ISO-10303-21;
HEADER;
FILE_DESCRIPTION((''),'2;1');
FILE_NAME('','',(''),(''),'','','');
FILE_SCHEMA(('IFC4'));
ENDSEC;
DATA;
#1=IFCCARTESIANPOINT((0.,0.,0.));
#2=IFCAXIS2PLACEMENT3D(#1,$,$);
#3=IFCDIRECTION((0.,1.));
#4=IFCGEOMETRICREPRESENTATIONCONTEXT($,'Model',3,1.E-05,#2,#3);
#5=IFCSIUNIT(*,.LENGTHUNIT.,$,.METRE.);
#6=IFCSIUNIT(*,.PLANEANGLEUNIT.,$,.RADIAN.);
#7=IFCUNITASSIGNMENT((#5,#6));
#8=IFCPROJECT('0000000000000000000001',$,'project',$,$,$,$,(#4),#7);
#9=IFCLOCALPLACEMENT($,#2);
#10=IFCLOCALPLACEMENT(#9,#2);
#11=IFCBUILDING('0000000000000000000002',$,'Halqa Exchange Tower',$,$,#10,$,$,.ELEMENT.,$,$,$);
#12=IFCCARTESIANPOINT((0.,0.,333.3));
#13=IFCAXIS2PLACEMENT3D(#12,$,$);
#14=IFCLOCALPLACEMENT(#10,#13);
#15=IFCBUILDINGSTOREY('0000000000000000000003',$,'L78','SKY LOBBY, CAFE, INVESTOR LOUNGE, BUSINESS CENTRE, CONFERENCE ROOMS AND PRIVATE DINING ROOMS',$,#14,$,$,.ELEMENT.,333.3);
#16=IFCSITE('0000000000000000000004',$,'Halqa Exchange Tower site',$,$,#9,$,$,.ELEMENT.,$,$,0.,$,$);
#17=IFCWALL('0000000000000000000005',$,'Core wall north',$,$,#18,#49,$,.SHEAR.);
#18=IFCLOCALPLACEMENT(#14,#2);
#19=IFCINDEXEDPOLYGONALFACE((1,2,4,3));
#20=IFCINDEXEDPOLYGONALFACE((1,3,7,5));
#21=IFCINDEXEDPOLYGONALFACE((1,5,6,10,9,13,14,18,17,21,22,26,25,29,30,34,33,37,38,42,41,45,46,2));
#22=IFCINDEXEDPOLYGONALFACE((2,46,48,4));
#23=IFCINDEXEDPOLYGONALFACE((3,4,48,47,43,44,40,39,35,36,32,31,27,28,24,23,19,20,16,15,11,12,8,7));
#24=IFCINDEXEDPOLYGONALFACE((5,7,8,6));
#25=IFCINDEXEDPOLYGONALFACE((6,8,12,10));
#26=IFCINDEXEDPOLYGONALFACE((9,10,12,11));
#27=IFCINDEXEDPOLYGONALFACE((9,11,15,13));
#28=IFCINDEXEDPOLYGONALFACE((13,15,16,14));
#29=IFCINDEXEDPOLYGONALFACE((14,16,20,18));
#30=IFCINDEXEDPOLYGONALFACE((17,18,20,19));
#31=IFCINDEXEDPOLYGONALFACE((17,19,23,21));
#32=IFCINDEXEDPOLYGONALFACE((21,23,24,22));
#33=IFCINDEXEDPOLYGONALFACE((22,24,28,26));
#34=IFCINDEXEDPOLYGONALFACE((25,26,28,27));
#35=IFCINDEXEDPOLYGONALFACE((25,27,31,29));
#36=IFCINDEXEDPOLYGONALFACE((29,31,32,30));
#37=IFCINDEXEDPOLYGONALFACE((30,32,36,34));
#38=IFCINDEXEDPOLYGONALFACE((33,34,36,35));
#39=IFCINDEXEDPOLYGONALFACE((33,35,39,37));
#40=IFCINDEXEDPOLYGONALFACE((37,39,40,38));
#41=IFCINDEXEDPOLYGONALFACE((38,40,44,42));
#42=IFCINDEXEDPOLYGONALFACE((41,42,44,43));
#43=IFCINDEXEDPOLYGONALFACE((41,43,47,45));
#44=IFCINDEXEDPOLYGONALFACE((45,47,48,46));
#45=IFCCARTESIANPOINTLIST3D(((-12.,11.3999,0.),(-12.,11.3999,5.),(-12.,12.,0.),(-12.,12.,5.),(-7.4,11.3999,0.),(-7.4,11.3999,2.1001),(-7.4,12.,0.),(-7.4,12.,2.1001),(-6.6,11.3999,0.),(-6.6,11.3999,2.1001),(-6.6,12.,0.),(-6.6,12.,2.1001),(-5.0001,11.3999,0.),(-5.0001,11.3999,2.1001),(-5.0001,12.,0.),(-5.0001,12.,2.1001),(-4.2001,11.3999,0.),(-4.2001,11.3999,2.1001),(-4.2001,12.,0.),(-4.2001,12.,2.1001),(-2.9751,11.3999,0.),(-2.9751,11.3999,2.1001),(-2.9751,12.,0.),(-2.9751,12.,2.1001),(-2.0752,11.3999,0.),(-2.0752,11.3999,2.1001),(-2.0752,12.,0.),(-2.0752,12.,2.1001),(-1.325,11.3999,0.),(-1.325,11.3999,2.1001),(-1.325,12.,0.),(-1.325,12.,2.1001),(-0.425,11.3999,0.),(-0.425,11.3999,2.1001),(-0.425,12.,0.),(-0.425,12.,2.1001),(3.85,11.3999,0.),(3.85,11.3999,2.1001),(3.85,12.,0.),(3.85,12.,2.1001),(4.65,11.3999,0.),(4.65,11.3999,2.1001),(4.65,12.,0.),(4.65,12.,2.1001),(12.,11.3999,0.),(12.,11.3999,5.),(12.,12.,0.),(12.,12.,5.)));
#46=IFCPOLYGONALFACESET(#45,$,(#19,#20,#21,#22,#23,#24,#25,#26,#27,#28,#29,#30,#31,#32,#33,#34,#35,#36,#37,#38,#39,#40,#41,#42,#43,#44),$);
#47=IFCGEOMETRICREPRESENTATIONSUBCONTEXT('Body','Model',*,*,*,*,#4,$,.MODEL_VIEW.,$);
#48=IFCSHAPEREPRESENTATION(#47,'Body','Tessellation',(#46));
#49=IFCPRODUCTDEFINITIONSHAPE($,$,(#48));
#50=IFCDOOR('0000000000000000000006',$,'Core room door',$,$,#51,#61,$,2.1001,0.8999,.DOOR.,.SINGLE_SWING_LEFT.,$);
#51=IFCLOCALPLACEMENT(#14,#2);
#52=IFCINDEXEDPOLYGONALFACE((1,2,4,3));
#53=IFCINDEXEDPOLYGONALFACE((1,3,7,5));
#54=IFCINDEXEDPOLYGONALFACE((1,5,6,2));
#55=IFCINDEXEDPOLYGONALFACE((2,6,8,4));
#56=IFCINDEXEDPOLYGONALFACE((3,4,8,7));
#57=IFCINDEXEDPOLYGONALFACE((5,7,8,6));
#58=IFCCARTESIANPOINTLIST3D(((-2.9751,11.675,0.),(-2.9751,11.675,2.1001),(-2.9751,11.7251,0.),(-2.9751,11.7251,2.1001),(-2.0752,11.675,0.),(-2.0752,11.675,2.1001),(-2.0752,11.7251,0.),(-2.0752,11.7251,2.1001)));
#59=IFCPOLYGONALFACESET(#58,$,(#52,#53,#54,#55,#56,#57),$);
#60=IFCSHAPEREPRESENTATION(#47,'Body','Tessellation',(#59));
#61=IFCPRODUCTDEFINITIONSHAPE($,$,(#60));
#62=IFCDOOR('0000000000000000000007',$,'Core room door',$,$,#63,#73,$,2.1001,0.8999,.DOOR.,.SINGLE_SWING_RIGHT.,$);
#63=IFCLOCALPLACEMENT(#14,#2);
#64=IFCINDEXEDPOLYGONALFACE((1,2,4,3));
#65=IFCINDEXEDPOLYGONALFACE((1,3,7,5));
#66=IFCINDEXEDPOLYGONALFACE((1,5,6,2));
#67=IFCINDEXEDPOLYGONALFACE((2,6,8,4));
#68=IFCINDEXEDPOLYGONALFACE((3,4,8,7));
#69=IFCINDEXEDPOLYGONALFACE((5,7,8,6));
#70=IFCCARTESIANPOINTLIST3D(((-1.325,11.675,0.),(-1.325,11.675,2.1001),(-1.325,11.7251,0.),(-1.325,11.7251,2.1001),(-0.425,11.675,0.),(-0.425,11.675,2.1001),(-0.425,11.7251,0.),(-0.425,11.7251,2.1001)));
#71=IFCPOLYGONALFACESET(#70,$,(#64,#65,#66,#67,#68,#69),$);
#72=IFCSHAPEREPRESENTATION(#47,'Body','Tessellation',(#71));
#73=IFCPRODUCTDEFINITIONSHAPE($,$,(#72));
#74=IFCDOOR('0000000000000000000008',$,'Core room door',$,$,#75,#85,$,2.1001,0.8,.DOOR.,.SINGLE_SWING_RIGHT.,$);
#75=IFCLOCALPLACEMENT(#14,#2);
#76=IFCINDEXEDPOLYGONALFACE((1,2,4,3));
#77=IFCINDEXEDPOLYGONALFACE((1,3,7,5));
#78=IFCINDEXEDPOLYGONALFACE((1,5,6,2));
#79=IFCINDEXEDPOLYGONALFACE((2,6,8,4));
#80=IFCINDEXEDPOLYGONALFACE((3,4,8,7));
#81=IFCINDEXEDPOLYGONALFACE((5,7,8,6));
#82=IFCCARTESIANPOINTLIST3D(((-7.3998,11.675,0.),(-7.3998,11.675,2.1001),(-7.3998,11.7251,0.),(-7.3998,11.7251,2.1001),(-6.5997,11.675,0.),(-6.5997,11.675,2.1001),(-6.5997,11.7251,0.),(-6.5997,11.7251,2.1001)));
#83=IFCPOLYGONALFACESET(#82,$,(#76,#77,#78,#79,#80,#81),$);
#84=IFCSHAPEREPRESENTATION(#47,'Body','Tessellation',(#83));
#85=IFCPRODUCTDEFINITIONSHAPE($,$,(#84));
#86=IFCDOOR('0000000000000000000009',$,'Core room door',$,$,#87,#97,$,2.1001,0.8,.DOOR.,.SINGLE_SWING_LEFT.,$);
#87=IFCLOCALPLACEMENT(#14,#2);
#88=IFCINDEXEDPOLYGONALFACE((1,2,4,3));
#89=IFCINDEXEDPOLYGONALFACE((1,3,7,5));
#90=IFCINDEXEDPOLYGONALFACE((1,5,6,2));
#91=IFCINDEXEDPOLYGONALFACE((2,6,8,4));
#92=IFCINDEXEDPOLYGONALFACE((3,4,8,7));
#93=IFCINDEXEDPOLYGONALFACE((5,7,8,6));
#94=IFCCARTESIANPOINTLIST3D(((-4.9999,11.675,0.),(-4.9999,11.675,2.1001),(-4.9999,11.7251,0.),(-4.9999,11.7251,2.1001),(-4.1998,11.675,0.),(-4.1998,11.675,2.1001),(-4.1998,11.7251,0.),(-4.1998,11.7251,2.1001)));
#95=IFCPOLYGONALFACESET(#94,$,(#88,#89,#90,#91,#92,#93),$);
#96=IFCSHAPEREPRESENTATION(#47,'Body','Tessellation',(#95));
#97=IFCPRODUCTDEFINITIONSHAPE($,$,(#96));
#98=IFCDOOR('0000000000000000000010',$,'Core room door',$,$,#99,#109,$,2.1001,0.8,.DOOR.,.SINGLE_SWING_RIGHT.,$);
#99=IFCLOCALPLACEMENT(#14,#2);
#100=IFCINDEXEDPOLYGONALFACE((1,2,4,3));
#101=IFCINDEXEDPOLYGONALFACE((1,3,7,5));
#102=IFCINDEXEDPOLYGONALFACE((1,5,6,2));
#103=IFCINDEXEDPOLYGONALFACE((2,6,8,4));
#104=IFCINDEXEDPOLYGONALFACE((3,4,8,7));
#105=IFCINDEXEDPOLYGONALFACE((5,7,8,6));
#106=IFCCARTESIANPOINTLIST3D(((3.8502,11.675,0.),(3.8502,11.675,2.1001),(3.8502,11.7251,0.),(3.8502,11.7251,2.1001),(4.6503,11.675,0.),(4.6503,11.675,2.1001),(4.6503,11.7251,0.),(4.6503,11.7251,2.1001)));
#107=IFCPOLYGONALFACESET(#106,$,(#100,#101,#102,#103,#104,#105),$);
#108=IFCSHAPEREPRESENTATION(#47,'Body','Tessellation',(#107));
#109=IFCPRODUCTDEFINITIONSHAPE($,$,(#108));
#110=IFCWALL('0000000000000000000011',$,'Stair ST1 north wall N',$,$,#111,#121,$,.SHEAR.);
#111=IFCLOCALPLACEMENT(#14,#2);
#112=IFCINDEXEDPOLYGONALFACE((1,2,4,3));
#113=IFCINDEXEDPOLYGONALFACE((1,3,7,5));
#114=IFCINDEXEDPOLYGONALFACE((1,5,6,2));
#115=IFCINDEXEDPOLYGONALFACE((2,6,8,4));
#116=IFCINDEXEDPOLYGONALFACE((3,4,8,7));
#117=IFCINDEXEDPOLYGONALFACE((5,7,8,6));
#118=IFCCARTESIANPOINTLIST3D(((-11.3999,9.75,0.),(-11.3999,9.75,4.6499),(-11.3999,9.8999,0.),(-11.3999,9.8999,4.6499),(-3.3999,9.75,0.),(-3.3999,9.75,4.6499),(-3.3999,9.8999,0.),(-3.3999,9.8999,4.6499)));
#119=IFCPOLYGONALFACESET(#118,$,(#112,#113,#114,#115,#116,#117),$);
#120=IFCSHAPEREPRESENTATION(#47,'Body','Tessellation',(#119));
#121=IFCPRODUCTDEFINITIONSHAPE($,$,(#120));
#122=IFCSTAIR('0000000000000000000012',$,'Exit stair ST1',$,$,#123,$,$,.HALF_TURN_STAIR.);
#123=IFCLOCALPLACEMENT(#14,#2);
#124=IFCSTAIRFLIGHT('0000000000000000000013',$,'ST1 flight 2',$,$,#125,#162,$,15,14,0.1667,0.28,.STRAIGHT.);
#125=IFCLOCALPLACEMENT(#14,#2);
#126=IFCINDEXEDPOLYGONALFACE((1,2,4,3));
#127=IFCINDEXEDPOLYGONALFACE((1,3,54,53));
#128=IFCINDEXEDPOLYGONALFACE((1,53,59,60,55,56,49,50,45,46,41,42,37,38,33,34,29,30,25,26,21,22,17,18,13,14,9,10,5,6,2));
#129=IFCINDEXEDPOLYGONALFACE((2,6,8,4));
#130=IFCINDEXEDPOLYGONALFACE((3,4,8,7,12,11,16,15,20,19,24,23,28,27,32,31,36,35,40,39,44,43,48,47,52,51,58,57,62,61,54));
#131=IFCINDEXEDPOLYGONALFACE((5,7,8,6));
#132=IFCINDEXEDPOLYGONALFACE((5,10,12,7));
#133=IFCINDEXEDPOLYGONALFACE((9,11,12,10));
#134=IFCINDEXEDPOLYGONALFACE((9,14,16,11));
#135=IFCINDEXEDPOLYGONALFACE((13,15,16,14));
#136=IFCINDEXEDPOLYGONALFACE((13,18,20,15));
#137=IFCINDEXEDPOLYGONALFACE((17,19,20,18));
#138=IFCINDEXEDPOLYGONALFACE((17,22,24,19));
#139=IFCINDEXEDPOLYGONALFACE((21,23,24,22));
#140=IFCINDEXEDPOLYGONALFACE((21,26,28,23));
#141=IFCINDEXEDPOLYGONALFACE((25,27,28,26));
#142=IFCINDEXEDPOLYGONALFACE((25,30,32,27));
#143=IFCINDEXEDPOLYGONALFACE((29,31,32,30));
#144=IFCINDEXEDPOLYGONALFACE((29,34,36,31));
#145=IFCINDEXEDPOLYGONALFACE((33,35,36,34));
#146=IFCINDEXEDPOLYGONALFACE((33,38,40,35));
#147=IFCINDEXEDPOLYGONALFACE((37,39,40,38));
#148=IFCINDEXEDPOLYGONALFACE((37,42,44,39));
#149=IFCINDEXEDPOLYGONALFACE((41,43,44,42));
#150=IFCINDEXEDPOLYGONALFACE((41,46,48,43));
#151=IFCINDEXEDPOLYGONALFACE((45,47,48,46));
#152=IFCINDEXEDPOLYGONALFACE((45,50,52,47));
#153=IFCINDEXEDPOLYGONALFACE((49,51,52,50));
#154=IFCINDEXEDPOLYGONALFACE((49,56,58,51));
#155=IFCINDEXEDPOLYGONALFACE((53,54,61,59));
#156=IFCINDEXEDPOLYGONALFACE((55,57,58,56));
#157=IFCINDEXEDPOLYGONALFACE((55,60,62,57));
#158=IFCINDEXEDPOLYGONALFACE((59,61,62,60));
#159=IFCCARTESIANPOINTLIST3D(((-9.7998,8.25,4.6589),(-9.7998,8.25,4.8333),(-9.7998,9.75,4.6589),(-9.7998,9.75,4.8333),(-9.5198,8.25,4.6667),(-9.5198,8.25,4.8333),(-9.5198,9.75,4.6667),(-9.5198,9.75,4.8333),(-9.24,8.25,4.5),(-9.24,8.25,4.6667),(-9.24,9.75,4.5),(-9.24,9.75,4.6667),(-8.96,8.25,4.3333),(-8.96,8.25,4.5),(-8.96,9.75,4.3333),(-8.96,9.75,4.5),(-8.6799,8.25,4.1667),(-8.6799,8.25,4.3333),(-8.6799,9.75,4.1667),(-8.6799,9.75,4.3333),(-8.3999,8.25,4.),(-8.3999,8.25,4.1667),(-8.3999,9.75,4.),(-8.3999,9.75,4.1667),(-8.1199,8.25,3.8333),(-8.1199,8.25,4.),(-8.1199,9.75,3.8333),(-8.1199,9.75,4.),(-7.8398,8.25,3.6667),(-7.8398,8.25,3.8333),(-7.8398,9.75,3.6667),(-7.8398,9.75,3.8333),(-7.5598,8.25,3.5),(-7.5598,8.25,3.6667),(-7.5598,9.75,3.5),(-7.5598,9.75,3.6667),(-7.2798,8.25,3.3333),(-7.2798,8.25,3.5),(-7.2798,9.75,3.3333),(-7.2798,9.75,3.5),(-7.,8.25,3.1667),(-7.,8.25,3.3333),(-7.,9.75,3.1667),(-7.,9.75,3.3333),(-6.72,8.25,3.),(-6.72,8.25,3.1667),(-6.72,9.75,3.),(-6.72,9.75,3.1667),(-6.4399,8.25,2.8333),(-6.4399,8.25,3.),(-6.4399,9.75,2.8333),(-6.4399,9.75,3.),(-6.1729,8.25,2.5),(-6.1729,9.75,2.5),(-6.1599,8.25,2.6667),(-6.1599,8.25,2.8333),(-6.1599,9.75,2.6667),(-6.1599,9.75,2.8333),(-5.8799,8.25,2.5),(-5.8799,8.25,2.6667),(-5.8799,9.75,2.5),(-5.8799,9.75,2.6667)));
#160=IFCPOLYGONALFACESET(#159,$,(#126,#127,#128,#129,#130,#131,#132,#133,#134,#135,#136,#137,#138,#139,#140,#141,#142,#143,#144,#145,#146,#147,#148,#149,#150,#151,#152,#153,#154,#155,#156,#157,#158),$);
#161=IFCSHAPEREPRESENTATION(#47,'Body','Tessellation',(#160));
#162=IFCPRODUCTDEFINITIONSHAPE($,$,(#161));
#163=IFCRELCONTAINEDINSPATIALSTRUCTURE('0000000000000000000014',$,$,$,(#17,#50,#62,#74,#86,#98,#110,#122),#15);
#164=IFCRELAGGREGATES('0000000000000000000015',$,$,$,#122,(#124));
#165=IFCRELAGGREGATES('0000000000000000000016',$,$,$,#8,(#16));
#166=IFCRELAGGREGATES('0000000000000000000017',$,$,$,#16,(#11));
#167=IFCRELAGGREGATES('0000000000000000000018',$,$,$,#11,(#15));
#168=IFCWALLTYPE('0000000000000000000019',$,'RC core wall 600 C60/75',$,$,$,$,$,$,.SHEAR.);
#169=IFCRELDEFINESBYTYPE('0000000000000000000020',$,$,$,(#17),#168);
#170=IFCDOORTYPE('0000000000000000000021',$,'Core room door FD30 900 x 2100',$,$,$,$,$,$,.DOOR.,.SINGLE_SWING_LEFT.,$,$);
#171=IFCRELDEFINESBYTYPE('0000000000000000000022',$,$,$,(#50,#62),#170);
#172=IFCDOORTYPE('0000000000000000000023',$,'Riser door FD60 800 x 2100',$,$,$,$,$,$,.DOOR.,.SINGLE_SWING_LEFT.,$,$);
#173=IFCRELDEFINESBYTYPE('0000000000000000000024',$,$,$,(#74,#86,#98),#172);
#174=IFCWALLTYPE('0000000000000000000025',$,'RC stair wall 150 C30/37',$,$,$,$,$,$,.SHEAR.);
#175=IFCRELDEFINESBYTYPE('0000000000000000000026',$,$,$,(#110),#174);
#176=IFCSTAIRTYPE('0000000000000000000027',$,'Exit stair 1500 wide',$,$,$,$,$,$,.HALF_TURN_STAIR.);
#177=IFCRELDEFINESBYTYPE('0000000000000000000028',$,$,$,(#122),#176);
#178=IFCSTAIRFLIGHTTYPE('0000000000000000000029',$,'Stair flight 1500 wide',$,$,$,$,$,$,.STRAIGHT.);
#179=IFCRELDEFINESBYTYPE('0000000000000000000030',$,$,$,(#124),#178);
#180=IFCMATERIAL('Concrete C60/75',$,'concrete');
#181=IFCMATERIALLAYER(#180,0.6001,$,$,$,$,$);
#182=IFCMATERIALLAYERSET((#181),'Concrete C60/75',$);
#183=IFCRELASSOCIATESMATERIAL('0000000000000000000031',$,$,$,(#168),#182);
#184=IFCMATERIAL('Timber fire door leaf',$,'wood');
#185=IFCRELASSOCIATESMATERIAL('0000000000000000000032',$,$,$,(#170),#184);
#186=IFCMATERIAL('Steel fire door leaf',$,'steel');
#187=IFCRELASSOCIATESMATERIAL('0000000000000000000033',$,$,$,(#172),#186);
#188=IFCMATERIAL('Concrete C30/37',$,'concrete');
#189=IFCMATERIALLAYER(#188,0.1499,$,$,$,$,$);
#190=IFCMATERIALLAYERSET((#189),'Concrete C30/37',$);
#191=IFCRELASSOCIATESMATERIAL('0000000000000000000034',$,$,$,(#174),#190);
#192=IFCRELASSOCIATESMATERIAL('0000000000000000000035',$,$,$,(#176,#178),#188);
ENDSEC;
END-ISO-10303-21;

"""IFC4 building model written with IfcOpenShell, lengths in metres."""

from ifc_helpers import new_model, si_unit, direction, frame, frame_2d, origin, place, context, subcontext, project, spatial, polyline, rectangle, outline, extrude, material, layer, layer_set, type_object, element, fill, aggregate, save


model = new_model("IFC4")

# Units and contexts
model_context = context("Model", 3, precision=1e-05, world=origin(), true_north=direction((0.0, 1.0)))
body_context = subcontext(model_context, "Body", "Model", "MODEL_VIEW")
ifc_project = project(units=[si_unit("LENGTHUNIT", "METRE"), si_unit("PLANEANGLEUNIT", "RADIAN")], contexts=[model_context])

# Site, building, storey
site_placement = place(None, origin())
site = spatial("IfcSite", under=ifc_project, at=site_placement, Name="Halqa Exchange Tower site", CompositionType="ELEMENT", RefElevation=0.0)
building_placement = place(site_placement, origin())
building = spatial("IfcBuilding", under=site, at=building_placement, Name="Halqa Exchange Tower", CompositionType="ELEMENT")
storey_placement = place(building_placement, frame((0.0, 0.0, 333.3)))
storey = spatial("IfcBuildingStorey", under=building, at=storey_placement, Name="L78", Description="SKY LOBBY, CAFE, INVESTOR LOUNGE, BUSINESS CENTRE, CONFERENCE ROOMS AND PRIVATE DINING ROOMS", CompositionType="ELEMENT", Elevation=333.3)

# Shared definitions
ifc_material_1 = material(Name="Steel fire door leaf", Category="steel")

# Wall, openings, doors
ifc_material_2 = material(Name="Concrete C60/75", Category="concrete")
ifc_layer_1 = layer(ifc_material_2, 0.6001)
ifc_layer_set_1 = layer_set([ifc_layer_1], Name="Concrete C60/75")
wall_type_1 = type_object("IfcWallType", Name="RC core wall 600 C60/75", PredefinedType="SHEAR", material=ifc_layer_set_1)
wall_1_placement = place(storey_placement, frame((-12.0, 11.7, 0.0), z_axis=(0.0, 0.0, 1.0), x_axis=(1.0, 0.0, 0.0)))
wall_1 = element("IfcWall", 1, at=wall_1_placement, inside=storey, type_object=wall_type_1, Name="Core wall north", PredefinedType="SHEAR", context=body_context, shape_type="SweptSolid", body=[
    extrude(rectangle(XDim=24.0, YDim=0.6001, at=frame_2d((12.0, 0.0))), origin(), (0.0, 0.0, 1.0), 5.0),
])
opening_1_placement = place(wall_1_placement, frame((9.0249, 0.0, 0.0)))
opening_1 = element("IfcOpeningElement", 2, at=opening_1_placement, cuts=wall_1, PredefinedType="OPENING", context=body_context, shape_type="SweptSolid", body=[
    extrude(rectangle(XDim=0.8999, YDim=2.1001, at=frame_2d((0.45, 1.05))), frame((0.0, 0.312, 0.0), z_axis=(0.0, -1.0, 0.0), x_axis=(1.0, 0.0, 0.0)), (0.0, 0.0, 1.0), 0.624),
])
opening_2_placement = place(wall_1_placement, frame((10.675, 0.0, 0.0)))
opening_2 = element("IfcOpeningElement", 3, at=opening_2_placement, cuts=wall_1, PredefinedType="OPENING", context=body_context, shape_type="SweptSolid", body=[
    extrude(rectangle(XDim=0.8999, YDim=2.1001, at=frame_2d((0.45, 1.05))), frame((0.0, 0.312, 0.0), z_axis=(0.0, -1.0, 0.0), x_axis=(1.0, 0.0, 0.0)), (0.0, 0.0, 1.0), 0.624),
])
opening_3_placement = place(wall_1_placement, frame((4.6001, 0.0, 0.0)))
opening_3 = element("IfcOpeningElement", 4, at=opening_3_placement, cuts=wall_1, PredefinedType="OPENING", context=body_context, shape_type="SweptSolid", body=[
    extrude(rectangle(XDim=0.8, YDim=2.1001, at=frame_2d((0.3999, 1.05))), frame((0.0, 0.312, 0.0), z_axis=(0.0, -1.0, 0.0), x_axis=(1.0, 0.0, 0.0)), (0.0, 0.0, 1.0), 0.624),
])
opening_4_placement = place(wall_1_placement, frame((7.0, 0.0, 0.0)))
opening_4 = element("IfcOpeningElement", 5, at=opening_4_placement, cuts=wall_1, PredefinedType="OPENING", context=body_context, shape_type="SweptSolid", body=[
    extrude(rectangle(XDim=0.8, YDim=2.1001, at=frame_2d((0.3999, 1.05))), frame((0.0, 0.312, 0.0), z_axis=(0.0, -1.0, 0.0), x_axis=(1.0, 0.0, 0.0)), (0.0, 0.0, 1.0), 0.624),
])
opening_5_placement = place(wall_1_placement, frame((15.8501, 0.0, 0.0)))
opening_5 = element("IfcOpeningElement", 6, at=opening_5_placement, cuts=wall_1, PredefinedType="OPENING", context=body_context, shape_type="SweptSolid", body=[
    extrude(rectangle(XDim=0.8, YDim=2.1001, at=frame_2d((0.3999, 1.05))), frame((0.0, 0.312, 0.0), z_axis=(0.0, -1.0, 0.0), x_axis=(1.0, 0.0, 0.0)), (0.0, 0.0, 1.0), 0.624),
])
ifc_material_3 = material(Name="Timber fire door leaf", Category="wood")
door_type_1 = type_object("IfcDoorType", Name="Core room door FD30 900 x 2100", OperationType="SINGLE_SWING_LEFT", PredefinedType="DOOR", material=ifc_material_3)
door_1_placement = place(opening_1_placement, frame((0.8999, 0.0, 0.0), z_axis=(0.0, 0.0, 1.0), x_axis=(-1.0, 0.0, 0.0)))
door_1 = element("IfcDoor", 7, at=door_1_placement, inside=storey, type_object=door_type_1, Name="Core room door", OperationType="SINGLE_SWING_LEFT", OverallHeight=2.1001, OverallWidth=0.8999, PredefinedType="DOOR", context=body_context, shape_type="SweptSolid", body=[
    extrude(rectangle(XDim=0.8999, YDim=2.1001, at=frame_2d((0.45, 1.05))), frame((0.0, 0.0249, 0.0), z_axis=(0.0, -1.0, 0.0), x_axis=(1.0, 0.0, 0.0)), (0.0, 0.0, 1.0), 0.05),
])
fill(opening_1, door_1)
door_2_placement = place(opening_2_placement, frame((0.8999, 0.0, 0.0), z_axis=(0.0, 0.0, 1.0), x_axis=(-1.0, 0.0, 0.0)))
door_2 = element("IfcDoor", 8, at=door_2_placement, inside=storey, type_object=door_type_1, Name="Core room door", OperationType="SINGLE_SWING_RIGHT", OverallHeight=2.1001, OverallWidth=0.8999, PredefinedType="DOOR", context=body_context, shape_type="SweptSolid", body=[
    extrude(rectangle(XDim=0.8999, YDim=2.1001, at=frame_2d((0.45, 1.05))), frame((0.0, 0.0249, 0.0), z_axis=(0.0, -1.0, 0.0), x_axis=(1.0, 0.0, 0.0)), (0.0, 0.0, 1.0), 0.05),
])
fill(opening_2, door_2)
door_type_2 = type_object("IfcDoorType", Name="Riser door FD60 800 x 2100", OperationType="SINGLE_SWING_LEFT", PredefinedType="DOOR", material=ifc_material_1)
door_3_placement = place(opening_3_placement, frame((0.8, 0.0, 0.0), z_axis=(0.0, 0.0, 1.0), x_axis=(-1.0, 0.0, 0.0)))
door_3 = element("IfcDoor", 9, at=door_3_placement, inside=storey, type_object=door_type_2, Name="Core room door", OperationType="SINGLE_SWING_RIGHT", OverallHeight=2.1001, OverallWidth=0.8, PredefinedType="DOOR", context=body_context, shape_type="SweptSolid", body=[
    extrude(rectangle(XDim=0.8, YDim=2.1001, at=frame_2d((0.3999, 1.05))), frame((0.0, 0.0249, 0.0), z_axis=(0.0, -1.0, 0.0), x_axis=(1.0, 0.0, 0.0)), (0.0, 0.0, 1.0), 0.05),
])
fill(opening_3, door_3)
door_4_placement = place(opening_4_placement, frame((0.8, 0.0, 0.0), z_axis=(0.0, 0.0, 1.0), x_axis=(-1.0, 0.0, 0.0)))
door_4 = element("IfcDoor", 10, at=door_4_placement, inside=storey, type_object=door_type_2, Name="Core room door", OperationType="SINGLE_SWING_LEFT", OverallHeight=2.1001, OverallWidth=0.8, PredefinedType="DOOR", context=body_context, shape_type="SweptSolid", body=[
    extrude(rectangle(XDim=0.8, YDim=2.1001, at=frame_2d((0.3999, 1.05))), frame((0.0, 0.0249, 0.0), z_axis=(0.0, -1.0, 0.0), x_axis=(1.0, 0.0, 0.0)), (0.0, 0.0, 1.0), 0.05),
])
fill(opening_4, door_4)
door_5_placement = place(opening_5_placement, frame((0.8, 0.0, 0.0), z_axis=(0.0, 0.0, 1.0), x_axis=(-1.0, 0.0, 0.0)))
door_5 = element("IfcDoor", 11, at=door_5_placement, inside=storey, type_object=door_type_2, Name="Core room door", OperationType="SINGLE_SWING_RIGHT", OverallHeight=2.1001, OverallWidth=0.8, PredefinedType="DOOR", context=body_context, shape_type="SweptSolid", body=[
    extrude(rectangle(XDim=0.8, YDim=2.1001, at=frame_2d((0.3999, 1.05))), frame((0.0, 0.0249, 0.0), z_axis=(0.0, -1.0, 0.0), x_axis=(1.0, 0.0, 0.0)), (0.0, 0.0, 1.0), 0.05),
])
fill(opening_5, door_5)

# Wall
ifc_material_4 = material(Name="Concrete C30/37", Category="concrete")
ifc_layer_2 = layer(ifc_material_4, 0.1499)
ifc_layer_set_2 = layer_set([ifc_layer_2], Name="Concrete C30/37")
wall_type_2 = type_object("IfcWallType", Name="RC stair wall 150 C30/37", PredefinedType="SHEAR", material=ifc_layer_set_2)
wall_2_placement = place(storey_placement, frame((-11.3999, 9.825, 0.0), z_axis=(0.0, 0.0, 1.0), x_axis=(1.0, 0.0, 0.0)))
element("IfcWall", 12, at=wall_2_placement, inside=storey, type_object=wall_type_2, Name="Stair ST1 north wall N", PredefinedType="SHEAR", context=body_context, shape_type="SweptSolid", body=[
    extrude(rectangle(XDim=8.0, YDim=0.1499, at=frame_2d((4.0, 0.0))), origin(), (0.0, 0.0, 1.0), 4.6499),
])

# Stair, stair flight
stair_type = type_object("IfcStairType", Name="Exit stair 1500 wide", PredefinedType="HALF_TURN_STAIR", material=ifc_material_4)
stair_placement = place(storey_placement, origin())
stair = element("IfcStair", 13, at=stair_placement, inside=storey, type_object=stair_type, Name="Exit stair ST1", PredefinedType="HALF_TURN_STAIR")
stair_flight_type = type_object("IfcStairFlightType", Name="Stair flight 1500 wide", PredefinedType="STRAIGHT", material=ifc_material_4)
stair_flight_placement = place(storey_placement, frame((-5.8799, 9.0, 2.5), z_axis=(0.0, 0.0, 1.0), x_axis=(-1.0, 0.0, 0.0)))
stair_flight = element("IfcStairFlight", 14, at=stair_flight_placement, type_object=stair_flight_type, Name="ST1 flight 2", NumberOfRisers=15, NumberOfTreads=14, PredefinedType="STRAIGHT", RiserHeight=0.1667, TreadLength=0.28, context=body_context, shape_type="SweptSolid", body=[
    extrude(outline(polyline([(0.0, 0.0), (0.0, 0.1667), (0.28, 0.1667), (0.28, 0.3333), (0.5601, 0.3333), (0.5601, 0.5), (0.8401, 0.5), (0.8401, 0.6667), (1.1201, 0.6667), (1.1201, 0.8333), (1.3999, 0.8333), (1.3999, 1.0), (1.6799, 1.0), (1.6799, 1.1667), (1.96, 1.1667), (1.96, 1.3333), (2.24, 1.3333), (2.24, 1.5), (2.52, 1.5), (2.52, 1.6667), (2.8, 1.6667), (2.8, 1.8333), (3.0801, 1.8333), (3.0801, 2.0), (3.3601, 2.0), (3.3601, 2.1667), (3.6399, 2.1667), (3.6399, 2.3333), (3.9199, 2.3333), (3.9199, 2.5), (3.9199, 2.1589), (0.293, 0.0), (0.0, 0.0)])), frame((0.0, 0.75, 0.0), z_axis=(0.0, -1.0, 0.0), x_axis=(1.0, 0.0, 0.0)), (0.0, 0.0, 1.0), 1.5),
])
aggregate(stair, [stair_flight])

save(model, "model.ifc")
